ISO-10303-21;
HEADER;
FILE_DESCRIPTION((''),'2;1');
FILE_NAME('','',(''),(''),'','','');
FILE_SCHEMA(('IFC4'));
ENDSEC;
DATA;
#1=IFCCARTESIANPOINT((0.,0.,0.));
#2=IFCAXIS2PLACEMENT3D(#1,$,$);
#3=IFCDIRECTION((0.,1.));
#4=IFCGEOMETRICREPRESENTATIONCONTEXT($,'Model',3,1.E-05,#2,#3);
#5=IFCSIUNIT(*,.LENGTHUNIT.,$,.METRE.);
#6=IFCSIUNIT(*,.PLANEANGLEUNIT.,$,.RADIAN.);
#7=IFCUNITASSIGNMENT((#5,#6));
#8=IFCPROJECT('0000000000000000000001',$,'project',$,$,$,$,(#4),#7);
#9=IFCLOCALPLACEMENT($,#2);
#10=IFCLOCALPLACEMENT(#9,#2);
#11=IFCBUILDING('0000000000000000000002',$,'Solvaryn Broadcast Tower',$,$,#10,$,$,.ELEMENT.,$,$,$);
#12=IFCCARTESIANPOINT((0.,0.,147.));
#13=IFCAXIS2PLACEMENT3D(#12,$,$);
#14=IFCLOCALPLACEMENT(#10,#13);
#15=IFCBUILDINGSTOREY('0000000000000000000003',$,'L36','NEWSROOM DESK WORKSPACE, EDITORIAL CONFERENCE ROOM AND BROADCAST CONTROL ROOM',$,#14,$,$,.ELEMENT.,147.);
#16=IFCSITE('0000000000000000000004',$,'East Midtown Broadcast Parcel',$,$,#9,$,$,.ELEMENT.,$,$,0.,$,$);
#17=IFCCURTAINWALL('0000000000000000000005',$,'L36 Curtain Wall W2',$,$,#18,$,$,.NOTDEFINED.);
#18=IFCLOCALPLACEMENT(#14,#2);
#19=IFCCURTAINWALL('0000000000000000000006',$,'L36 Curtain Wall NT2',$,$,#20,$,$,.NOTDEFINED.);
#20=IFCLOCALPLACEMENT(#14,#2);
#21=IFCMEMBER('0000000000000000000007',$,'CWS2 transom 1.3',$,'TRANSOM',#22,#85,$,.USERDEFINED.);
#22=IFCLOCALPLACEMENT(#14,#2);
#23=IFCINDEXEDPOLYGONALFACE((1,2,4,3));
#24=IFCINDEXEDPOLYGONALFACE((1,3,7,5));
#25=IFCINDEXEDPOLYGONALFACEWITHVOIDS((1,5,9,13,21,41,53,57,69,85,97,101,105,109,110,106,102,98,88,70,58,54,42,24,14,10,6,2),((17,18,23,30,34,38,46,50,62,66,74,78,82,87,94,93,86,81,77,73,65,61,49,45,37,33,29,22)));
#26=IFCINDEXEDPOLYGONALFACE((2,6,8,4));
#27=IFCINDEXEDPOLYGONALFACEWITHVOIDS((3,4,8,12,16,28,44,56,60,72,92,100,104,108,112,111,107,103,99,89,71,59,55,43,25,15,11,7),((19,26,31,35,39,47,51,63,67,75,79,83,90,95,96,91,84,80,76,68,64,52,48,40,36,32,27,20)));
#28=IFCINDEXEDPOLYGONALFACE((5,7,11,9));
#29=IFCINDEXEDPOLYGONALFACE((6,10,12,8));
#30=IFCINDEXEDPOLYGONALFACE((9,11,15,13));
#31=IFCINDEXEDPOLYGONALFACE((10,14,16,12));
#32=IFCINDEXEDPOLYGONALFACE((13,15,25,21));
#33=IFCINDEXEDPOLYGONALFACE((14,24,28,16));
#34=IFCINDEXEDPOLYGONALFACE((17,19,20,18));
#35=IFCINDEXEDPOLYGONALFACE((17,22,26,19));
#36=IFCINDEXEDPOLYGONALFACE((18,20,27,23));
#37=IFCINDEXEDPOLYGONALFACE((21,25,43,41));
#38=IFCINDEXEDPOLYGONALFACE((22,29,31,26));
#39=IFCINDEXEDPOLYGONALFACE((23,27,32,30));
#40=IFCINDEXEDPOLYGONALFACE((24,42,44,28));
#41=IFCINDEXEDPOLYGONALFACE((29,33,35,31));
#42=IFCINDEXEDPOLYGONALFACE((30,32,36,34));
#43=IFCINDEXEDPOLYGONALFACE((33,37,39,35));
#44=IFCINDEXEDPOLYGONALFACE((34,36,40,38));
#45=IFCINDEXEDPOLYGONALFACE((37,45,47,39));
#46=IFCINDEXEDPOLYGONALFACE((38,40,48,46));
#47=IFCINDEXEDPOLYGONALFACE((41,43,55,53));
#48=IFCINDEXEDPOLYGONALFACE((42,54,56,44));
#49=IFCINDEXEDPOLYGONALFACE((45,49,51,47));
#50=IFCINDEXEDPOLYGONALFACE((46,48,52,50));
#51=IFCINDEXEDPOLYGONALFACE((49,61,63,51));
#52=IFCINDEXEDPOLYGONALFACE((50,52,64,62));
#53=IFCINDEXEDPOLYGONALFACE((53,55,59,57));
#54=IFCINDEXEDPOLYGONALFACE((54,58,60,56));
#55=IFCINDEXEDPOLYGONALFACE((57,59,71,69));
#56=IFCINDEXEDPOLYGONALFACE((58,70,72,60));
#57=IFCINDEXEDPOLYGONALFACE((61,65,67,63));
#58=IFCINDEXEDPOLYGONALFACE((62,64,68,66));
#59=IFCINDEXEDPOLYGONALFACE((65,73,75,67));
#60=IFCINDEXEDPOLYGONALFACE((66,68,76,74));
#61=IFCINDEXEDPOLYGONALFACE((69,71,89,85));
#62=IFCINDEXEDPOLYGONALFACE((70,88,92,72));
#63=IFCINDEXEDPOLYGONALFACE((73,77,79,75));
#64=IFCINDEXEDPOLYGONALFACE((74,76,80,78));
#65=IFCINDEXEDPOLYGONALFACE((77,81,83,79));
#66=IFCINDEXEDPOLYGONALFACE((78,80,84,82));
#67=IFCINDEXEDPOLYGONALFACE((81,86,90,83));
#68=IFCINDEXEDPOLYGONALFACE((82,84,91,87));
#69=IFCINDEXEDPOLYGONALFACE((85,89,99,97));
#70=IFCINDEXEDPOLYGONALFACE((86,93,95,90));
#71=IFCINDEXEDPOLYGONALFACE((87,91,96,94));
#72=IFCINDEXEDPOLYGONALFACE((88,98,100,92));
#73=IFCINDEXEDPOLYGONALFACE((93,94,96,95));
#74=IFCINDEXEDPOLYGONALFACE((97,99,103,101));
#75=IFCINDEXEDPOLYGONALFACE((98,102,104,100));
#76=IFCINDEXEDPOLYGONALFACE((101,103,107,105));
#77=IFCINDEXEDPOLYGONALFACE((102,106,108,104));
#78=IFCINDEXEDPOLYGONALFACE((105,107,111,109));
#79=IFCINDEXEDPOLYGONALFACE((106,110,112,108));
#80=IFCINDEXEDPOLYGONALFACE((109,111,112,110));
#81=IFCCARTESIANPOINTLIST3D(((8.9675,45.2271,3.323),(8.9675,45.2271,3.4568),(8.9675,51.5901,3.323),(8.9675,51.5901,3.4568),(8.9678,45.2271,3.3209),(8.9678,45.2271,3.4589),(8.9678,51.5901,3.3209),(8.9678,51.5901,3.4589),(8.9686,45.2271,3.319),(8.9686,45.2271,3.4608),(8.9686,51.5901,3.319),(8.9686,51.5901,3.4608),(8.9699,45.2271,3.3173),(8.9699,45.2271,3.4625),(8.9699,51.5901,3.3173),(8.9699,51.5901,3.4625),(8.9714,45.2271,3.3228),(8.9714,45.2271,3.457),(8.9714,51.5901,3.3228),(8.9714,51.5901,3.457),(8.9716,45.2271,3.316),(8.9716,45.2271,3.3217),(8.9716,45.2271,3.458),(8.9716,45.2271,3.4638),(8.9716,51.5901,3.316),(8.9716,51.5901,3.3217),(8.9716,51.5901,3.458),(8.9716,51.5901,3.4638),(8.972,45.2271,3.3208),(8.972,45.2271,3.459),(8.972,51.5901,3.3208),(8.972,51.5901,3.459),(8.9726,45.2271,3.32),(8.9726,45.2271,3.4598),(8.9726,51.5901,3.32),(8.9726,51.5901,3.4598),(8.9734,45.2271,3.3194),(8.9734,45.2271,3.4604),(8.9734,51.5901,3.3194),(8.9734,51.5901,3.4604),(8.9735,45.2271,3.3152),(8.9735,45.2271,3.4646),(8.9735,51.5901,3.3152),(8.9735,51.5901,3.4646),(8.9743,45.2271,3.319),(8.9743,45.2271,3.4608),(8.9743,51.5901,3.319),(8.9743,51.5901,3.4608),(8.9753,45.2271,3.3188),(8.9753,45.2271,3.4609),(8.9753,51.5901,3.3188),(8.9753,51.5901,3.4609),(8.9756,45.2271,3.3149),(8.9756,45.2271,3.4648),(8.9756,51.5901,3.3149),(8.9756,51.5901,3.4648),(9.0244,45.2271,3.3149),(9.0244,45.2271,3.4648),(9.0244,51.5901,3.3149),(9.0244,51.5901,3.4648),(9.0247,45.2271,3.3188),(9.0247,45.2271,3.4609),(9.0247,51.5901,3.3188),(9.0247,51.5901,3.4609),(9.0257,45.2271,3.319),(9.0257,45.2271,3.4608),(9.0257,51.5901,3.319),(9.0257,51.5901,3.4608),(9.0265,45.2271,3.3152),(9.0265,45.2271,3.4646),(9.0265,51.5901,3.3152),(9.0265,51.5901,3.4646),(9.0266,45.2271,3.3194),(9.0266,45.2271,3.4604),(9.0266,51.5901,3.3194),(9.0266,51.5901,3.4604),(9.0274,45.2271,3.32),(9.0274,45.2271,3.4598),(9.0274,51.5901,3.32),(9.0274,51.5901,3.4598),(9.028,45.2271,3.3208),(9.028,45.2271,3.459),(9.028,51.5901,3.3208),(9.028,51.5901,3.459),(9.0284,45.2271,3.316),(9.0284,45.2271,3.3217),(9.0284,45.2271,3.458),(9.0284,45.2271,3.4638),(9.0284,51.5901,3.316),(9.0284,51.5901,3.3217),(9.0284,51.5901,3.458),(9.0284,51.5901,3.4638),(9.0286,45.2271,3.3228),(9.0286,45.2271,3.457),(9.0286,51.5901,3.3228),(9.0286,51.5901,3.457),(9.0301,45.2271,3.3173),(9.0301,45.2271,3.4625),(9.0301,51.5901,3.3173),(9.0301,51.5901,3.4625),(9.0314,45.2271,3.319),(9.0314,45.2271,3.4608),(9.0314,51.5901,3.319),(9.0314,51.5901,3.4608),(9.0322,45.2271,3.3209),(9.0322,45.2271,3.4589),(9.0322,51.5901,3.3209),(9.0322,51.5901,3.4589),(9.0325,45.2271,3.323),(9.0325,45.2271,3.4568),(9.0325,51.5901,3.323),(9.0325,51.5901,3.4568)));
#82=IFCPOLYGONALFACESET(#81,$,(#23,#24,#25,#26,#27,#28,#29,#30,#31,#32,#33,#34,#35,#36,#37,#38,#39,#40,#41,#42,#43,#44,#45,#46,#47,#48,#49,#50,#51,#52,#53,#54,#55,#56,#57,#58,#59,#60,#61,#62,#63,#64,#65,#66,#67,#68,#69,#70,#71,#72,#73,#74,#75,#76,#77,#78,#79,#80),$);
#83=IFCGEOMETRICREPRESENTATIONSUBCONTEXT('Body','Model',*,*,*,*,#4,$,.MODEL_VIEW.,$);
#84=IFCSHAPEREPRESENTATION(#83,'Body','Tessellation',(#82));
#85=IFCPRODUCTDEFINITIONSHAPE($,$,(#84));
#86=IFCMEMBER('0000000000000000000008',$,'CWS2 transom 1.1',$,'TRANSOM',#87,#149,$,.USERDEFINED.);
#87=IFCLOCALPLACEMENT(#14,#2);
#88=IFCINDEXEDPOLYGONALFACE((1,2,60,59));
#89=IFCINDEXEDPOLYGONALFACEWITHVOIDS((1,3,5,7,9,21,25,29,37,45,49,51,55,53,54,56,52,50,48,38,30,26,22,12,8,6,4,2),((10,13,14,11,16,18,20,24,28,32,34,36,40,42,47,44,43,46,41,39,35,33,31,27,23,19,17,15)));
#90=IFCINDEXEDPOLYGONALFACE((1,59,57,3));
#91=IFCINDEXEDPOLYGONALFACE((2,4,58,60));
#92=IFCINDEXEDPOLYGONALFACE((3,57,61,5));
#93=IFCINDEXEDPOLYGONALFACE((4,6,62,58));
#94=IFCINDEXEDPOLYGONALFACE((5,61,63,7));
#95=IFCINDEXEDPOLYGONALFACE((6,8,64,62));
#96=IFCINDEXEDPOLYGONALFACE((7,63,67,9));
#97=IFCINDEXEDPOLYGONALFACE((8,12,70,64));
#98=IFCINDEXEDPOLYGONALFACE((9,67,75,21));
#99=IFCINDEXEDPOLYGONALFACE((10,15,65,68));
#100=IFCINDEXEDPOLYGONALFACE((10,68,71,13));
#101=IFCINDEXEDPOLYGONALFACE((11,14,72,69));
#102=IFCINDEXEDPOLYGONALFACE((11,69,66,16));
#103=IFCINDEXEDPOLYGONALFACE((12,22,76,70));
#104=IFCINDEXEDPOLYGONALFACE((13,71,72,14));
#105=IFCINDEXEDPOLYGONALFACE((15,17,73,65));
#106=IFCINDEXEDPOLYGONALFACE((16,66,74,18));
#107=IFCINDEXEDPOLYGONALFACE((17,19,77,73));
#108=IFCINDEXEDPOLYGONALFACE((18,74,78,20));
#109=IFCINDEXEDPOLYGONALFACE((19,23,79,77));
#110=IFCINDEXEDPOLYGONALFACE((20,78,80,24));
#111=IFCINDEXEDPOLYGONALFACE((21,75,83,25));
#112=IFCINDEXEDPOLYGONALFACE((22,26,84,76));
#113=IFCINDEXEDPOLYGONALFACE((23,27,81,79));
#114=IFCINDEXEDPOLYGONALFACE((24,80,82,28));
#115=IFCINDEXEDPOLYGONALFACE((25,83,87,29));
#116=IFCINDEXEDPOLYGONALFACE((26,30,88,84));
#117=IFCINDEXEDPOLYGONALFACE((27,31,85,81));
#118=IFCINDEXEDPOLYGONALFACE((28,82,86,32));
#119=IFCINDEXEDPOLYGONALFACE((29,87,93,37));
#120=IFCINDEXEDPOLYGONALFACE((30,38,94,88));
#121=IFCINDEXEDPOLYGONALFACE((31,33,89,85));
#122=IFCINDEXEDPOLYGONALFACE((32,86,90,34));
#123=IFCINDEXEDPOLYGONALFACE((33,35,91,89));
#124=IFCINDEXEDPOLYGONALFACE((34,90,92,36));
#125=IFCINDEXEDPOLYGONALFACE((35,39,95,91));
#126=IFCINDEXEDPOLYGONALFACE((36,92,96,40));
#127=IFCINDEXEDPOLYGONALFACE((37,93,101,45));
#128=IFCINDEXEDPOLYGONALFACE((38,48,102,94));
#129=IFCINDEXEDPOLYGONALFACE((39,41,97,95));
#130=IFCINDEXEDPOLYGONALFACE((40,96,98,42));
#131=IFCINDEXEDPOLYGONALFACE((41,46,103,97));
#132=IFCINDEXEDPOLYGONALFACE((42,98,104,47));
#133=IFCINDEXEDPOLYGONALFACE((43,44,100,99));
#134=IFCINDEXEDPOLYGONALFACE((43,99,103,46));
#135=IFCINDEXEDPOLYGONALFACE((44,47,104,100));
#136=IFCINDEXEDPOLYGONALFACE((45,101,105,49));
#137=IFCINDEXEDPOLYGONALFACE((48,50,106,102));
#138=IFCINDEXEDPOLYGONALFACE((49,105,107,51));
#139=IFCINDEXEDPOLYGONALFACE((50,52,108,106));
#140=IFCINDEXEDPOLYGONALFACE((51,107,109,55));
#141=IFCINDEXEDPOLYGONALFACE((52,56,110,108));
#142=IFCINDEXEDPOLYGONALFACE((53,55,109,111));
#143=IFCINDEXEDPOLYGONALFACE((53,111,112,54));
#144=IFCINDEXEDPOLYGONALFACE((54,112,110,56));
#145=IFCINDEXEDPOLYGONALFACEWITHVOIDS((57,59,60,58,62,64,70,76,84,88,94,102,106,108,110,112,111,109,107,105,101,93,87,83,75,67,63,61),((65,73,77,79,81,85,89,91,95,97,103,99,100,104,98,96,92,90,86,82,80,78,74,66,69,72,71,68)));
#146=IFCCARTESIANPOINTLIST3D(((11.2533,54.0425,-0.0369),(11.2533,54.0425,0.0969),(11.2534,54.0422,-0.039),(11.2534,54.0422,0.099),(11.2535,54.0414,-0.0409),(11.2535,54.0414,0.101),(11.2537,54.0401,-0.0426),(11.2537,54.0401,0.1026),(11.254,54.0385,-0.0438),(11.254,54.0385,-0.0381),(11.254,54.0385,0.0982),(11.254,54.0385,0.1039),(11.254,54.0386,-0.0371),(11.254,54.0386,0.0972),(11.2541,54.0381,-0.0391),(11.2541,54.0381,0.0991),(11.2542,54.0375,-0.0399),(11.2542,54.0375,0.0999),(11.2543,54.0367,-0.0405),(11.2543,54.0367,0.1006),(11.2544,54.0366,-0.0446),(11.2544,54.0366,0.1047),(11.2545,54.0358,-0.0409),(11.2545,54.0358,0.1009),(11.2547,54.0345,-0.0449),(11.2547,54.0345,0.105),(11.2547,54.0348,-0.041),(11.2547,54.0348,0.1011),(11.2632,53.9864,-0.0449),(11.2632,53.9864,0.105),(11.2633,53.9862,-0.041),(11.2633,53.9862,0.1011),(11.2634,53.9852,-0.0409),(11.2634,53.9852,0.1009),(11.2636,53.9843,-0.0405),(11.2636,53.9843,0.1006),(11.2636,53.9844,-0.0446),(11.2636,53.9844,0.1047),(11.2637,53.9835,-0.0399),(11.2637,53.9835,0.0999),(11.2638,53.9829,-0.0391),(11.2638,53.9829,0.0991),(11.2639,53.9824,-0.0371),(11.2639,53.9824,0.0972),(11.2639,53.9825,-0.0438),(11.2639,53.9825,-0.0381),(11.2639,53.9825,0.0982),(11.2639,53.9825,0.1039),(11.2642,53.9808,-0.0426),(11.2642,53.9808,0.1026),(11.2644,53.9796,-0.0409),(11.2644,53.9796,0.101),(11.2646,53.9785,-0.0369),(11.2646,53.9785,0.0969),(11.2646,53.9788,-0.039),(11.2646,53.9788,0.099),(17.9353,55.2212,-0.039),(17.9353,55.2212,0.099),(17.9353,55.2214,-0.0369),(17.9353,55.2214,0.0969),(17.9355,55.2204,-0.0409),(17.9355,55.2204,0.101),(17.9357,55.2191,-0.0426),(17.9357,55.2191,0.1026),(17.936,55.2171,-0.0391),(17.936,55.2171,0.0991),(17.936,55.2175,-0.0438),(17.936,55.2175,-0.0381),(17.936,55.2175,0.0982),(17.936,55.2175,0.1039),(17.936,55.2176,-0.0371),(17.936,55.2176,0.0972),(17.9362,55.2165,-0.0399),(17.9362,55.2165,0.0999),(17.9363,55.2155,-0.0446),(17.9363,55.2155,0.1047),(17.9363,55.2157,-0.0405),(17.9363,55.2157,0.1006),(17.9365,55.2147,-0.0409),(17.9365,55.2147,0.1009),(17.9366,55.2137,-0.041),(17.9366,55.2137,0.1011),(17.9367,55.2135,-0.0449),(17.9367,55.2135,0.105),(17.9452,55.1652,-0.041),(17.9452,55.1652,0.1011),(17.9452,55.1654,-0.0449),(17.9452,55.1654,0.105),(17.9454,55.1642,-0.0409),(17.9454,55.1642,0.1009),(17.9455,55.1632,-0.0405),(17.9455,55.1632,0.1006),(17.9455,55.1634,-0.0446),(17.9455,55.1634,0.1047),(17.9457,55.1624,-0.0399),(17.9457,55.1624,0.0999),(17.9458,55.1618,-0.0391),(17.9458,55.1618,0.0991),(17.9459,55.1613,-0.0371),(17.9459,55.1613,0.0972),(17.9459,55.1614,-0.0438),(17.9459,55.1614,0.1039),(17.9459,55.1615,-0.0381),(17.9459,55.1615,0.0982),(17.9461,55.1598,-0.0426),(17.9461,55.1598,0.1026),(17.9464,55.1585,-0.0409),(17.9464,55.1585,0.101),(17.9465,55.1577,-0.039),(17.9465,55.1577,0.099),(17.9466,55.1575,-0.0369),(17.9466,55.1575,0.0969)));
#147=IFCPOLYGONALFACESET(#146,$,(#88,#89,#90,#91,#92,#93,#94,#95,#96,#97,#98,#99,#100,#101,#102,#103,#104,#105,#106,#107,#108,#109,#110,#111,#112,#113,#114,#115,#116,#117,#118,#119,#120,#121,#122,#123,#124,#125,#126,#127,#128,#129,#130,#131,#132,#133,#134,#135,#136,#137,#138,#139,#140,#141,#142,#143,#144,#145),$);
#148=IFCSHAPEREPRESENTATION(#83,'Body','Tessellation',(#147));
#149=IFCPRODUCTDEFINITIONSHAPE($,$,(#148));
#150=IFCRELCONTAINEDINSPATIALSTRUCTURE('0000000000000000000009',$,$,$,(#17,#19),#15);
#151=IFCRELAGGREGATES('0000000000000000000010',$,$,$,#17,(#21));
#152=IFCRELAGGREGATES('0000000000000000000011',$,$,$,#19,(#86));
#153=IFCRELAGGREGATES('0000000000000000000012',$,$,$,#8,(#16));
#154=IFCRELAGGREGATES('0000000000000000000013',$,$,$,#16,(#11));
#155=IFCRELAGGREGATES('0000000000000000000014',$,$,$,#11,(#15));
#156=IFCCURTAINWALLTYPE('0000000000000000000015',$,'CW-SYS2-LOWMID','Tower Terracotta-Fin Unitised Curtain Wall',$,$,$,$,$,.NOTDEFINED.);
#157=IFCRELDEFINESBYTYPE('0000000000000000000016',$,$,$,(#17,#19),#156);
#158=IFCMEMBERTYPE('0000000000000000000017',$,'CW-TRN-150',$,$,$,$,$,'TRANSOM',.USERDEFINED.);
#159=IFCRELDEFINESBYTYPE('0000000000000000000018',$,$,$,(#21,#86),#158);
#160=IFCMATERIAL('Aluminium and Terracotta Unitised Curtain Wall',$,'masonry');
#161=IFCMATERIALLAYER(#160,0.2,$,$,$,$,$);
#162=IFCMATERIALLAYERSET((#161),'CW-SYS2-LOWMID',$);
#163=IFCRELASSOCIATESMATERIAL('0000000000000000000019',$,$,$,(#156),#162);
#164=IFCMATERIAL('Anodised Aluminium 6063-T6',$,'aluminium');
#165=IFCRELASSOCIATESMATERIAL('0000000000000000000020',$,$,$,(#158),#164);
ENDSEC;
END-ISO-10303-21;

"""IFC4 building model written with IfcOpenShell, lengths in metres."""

from ifc_helpers import new_model, si_unit, direction, frame, origin, origin_2d, place, context, subcontext, project, spatial, hollow_rectangle, extrude, material, layer, layer_set, material_profile, profile_set, type_object, element, aggregate, save


model = new_model("IFC4")

# Units and contexts
model_context = context("Model", 3, precision=1e-05, world=origin(), true_north=direction((0.0, 1.0)))
body_context = subcontext(model_context, "Body", "Model", "MODEL_VIEW")
ifc_project = project(units=[si_unit("LENGTHUNIT", "METRE"), si_unit("PLANEANGLEUNIT", "RADIAN")], contexts=[model_context])

# Site, building, storey
site_placement = place(None, origin())
site = spatial("IfcSite", under=ifc_project, at=site_placement, Name="East Midtown Broadcast Parcel", CompositionType="ELEMENT", RefElevation=0.0)
building_placement = place(site_placement, origin())
building = spatial("IfcBuilding", under=site, at=building_placement, Name="Solvaryn Broadcast Tower", CompositionType="ELEMENT")
storey_placement = place(building_placement, frame((0.0, 0.0, 147.0)))
storey = spatial("IfcBuildingStorey", under=building, at=storey_placement, Name="L36", Description="NEWSROOM DESK WORKSPACE, EDITORIAL CONFERENCE ROOM AND BROADCAST CONTROL ROOM", CompositionType="ELEMENT", Elevation=147.0)

# Curtain wall
ifc_material_1 = material(Name="Aluminium and Terracotta Unitised Curtain Wall", Category="masonry")
ifc_layer_1 = layer(ifc_material_1, 0.2)
ifc_layer_set_1 = layer_set([ifc_layer_1], Name="CW-SYS2-LOWMID")
curtain_wall_type = type_object("IfcCurtainWallType", Name="CW-SYS2-LOWMID", Description="Tower Terracotta-Fin Unitised Curtain Wall", PredefinedType="NOTDEFINED", material=ifc_layer_set_1)
curtain_wall_1_placement = place(storey_placement, origin())
curtain_wall_1 = element("IfcCurtainWall", 1, at=curtain_wall_1_placement, inside=storey, type_object=curtain_wall_type, Name="L36 Curtain Wall W2", PredefinedType="NOTDEFINED")

# Curtain wall
curtain_wall_2_placement = place(storey_placement, origin())
curtain_wall_2 = element("IfcCurtainWall", 2, at=curtain_wall_2_placement, inside=storey, type_object=curtain_wall_type, Name="L36 Curtain Wall NT2", PredefinedType="NOTDEFINED")

# Members
ifc_material_2 = material(Name="Anodised Aluminium 6063-T6", Category="aluminium")
ifc_material_profile_1 = material_profile(ifc_material_2, hollow_rectangle(XDim=0.0649, YDim=0.1499, WallThickness=0.0039, InnerFilletRadius=0.0039, OuterFilletRadius=0.0081, at=origin_2d()))
ifc_profile_set_1 = profile_set([ifc_material_profile_1], Name="Anodised Aluminium 6063-T6")
member_type_1 = type_object("IfcMemberType", Name="CW-TRN-150", ElementType="TRANSOM", PredefinedType="USERDEFINED", material=ifc_profile_set_1)
member_1_placement = place(storey_placement, frame((9.0, 45.2271, 3.3899), z_axis=(0.0, 1.0, 0.0), x_axis=(-1.0, 0.0, 0.0)))
member_1 = element("IfcMember", 3, at=member_1_placement, type_object=member_type_1, Name="CWS2 transom 1.3", ObjectType="TRANSOM", PredefinedType="USERDEFINED", context=body_context, shape_type="SweptSolid", body=[
    extrude(hollow_rectangle(XDim=0.0649, YDim=0.1499, WallThickness=0.0039, InnerFilletRadius=0.0039, OuterFilletRadius=0.0081, at=origin_2d()), origin(), (0.0, 0.0, 1.0), 6.363),
])
member_2_placement = place(storey_placement, frame((17.9409, 55.1895, 0.03), z_axis=(-0.984789, -0.173757, 0.0), x_axis=(0.173757, -0.984789, 0.0)))
member_2 = element("IfcMember", 4, at=member_2_placement, type_object=member_type_1, Name="CWS2 transom 1.1", ObjectType="TRANSOM", PredefinedType="USERDEFINED", context=body_context, shape_type="SweptSolid", body=[
    extrude(hollow_rectangle(XDim=0.0649, YDim=0.1499, WallThickness=0.0039, InnerFilletRadius=0.0039, OuterFilletRadius=0.0081, at=origin_2d()), origin(), (0.0, 0.0, 1.0), 6.7852),
])

aggregate(curtain_wall_1, [member_1])
aggregate(curtain_wall_2, [member_2])

save(model, "model.ifc")
